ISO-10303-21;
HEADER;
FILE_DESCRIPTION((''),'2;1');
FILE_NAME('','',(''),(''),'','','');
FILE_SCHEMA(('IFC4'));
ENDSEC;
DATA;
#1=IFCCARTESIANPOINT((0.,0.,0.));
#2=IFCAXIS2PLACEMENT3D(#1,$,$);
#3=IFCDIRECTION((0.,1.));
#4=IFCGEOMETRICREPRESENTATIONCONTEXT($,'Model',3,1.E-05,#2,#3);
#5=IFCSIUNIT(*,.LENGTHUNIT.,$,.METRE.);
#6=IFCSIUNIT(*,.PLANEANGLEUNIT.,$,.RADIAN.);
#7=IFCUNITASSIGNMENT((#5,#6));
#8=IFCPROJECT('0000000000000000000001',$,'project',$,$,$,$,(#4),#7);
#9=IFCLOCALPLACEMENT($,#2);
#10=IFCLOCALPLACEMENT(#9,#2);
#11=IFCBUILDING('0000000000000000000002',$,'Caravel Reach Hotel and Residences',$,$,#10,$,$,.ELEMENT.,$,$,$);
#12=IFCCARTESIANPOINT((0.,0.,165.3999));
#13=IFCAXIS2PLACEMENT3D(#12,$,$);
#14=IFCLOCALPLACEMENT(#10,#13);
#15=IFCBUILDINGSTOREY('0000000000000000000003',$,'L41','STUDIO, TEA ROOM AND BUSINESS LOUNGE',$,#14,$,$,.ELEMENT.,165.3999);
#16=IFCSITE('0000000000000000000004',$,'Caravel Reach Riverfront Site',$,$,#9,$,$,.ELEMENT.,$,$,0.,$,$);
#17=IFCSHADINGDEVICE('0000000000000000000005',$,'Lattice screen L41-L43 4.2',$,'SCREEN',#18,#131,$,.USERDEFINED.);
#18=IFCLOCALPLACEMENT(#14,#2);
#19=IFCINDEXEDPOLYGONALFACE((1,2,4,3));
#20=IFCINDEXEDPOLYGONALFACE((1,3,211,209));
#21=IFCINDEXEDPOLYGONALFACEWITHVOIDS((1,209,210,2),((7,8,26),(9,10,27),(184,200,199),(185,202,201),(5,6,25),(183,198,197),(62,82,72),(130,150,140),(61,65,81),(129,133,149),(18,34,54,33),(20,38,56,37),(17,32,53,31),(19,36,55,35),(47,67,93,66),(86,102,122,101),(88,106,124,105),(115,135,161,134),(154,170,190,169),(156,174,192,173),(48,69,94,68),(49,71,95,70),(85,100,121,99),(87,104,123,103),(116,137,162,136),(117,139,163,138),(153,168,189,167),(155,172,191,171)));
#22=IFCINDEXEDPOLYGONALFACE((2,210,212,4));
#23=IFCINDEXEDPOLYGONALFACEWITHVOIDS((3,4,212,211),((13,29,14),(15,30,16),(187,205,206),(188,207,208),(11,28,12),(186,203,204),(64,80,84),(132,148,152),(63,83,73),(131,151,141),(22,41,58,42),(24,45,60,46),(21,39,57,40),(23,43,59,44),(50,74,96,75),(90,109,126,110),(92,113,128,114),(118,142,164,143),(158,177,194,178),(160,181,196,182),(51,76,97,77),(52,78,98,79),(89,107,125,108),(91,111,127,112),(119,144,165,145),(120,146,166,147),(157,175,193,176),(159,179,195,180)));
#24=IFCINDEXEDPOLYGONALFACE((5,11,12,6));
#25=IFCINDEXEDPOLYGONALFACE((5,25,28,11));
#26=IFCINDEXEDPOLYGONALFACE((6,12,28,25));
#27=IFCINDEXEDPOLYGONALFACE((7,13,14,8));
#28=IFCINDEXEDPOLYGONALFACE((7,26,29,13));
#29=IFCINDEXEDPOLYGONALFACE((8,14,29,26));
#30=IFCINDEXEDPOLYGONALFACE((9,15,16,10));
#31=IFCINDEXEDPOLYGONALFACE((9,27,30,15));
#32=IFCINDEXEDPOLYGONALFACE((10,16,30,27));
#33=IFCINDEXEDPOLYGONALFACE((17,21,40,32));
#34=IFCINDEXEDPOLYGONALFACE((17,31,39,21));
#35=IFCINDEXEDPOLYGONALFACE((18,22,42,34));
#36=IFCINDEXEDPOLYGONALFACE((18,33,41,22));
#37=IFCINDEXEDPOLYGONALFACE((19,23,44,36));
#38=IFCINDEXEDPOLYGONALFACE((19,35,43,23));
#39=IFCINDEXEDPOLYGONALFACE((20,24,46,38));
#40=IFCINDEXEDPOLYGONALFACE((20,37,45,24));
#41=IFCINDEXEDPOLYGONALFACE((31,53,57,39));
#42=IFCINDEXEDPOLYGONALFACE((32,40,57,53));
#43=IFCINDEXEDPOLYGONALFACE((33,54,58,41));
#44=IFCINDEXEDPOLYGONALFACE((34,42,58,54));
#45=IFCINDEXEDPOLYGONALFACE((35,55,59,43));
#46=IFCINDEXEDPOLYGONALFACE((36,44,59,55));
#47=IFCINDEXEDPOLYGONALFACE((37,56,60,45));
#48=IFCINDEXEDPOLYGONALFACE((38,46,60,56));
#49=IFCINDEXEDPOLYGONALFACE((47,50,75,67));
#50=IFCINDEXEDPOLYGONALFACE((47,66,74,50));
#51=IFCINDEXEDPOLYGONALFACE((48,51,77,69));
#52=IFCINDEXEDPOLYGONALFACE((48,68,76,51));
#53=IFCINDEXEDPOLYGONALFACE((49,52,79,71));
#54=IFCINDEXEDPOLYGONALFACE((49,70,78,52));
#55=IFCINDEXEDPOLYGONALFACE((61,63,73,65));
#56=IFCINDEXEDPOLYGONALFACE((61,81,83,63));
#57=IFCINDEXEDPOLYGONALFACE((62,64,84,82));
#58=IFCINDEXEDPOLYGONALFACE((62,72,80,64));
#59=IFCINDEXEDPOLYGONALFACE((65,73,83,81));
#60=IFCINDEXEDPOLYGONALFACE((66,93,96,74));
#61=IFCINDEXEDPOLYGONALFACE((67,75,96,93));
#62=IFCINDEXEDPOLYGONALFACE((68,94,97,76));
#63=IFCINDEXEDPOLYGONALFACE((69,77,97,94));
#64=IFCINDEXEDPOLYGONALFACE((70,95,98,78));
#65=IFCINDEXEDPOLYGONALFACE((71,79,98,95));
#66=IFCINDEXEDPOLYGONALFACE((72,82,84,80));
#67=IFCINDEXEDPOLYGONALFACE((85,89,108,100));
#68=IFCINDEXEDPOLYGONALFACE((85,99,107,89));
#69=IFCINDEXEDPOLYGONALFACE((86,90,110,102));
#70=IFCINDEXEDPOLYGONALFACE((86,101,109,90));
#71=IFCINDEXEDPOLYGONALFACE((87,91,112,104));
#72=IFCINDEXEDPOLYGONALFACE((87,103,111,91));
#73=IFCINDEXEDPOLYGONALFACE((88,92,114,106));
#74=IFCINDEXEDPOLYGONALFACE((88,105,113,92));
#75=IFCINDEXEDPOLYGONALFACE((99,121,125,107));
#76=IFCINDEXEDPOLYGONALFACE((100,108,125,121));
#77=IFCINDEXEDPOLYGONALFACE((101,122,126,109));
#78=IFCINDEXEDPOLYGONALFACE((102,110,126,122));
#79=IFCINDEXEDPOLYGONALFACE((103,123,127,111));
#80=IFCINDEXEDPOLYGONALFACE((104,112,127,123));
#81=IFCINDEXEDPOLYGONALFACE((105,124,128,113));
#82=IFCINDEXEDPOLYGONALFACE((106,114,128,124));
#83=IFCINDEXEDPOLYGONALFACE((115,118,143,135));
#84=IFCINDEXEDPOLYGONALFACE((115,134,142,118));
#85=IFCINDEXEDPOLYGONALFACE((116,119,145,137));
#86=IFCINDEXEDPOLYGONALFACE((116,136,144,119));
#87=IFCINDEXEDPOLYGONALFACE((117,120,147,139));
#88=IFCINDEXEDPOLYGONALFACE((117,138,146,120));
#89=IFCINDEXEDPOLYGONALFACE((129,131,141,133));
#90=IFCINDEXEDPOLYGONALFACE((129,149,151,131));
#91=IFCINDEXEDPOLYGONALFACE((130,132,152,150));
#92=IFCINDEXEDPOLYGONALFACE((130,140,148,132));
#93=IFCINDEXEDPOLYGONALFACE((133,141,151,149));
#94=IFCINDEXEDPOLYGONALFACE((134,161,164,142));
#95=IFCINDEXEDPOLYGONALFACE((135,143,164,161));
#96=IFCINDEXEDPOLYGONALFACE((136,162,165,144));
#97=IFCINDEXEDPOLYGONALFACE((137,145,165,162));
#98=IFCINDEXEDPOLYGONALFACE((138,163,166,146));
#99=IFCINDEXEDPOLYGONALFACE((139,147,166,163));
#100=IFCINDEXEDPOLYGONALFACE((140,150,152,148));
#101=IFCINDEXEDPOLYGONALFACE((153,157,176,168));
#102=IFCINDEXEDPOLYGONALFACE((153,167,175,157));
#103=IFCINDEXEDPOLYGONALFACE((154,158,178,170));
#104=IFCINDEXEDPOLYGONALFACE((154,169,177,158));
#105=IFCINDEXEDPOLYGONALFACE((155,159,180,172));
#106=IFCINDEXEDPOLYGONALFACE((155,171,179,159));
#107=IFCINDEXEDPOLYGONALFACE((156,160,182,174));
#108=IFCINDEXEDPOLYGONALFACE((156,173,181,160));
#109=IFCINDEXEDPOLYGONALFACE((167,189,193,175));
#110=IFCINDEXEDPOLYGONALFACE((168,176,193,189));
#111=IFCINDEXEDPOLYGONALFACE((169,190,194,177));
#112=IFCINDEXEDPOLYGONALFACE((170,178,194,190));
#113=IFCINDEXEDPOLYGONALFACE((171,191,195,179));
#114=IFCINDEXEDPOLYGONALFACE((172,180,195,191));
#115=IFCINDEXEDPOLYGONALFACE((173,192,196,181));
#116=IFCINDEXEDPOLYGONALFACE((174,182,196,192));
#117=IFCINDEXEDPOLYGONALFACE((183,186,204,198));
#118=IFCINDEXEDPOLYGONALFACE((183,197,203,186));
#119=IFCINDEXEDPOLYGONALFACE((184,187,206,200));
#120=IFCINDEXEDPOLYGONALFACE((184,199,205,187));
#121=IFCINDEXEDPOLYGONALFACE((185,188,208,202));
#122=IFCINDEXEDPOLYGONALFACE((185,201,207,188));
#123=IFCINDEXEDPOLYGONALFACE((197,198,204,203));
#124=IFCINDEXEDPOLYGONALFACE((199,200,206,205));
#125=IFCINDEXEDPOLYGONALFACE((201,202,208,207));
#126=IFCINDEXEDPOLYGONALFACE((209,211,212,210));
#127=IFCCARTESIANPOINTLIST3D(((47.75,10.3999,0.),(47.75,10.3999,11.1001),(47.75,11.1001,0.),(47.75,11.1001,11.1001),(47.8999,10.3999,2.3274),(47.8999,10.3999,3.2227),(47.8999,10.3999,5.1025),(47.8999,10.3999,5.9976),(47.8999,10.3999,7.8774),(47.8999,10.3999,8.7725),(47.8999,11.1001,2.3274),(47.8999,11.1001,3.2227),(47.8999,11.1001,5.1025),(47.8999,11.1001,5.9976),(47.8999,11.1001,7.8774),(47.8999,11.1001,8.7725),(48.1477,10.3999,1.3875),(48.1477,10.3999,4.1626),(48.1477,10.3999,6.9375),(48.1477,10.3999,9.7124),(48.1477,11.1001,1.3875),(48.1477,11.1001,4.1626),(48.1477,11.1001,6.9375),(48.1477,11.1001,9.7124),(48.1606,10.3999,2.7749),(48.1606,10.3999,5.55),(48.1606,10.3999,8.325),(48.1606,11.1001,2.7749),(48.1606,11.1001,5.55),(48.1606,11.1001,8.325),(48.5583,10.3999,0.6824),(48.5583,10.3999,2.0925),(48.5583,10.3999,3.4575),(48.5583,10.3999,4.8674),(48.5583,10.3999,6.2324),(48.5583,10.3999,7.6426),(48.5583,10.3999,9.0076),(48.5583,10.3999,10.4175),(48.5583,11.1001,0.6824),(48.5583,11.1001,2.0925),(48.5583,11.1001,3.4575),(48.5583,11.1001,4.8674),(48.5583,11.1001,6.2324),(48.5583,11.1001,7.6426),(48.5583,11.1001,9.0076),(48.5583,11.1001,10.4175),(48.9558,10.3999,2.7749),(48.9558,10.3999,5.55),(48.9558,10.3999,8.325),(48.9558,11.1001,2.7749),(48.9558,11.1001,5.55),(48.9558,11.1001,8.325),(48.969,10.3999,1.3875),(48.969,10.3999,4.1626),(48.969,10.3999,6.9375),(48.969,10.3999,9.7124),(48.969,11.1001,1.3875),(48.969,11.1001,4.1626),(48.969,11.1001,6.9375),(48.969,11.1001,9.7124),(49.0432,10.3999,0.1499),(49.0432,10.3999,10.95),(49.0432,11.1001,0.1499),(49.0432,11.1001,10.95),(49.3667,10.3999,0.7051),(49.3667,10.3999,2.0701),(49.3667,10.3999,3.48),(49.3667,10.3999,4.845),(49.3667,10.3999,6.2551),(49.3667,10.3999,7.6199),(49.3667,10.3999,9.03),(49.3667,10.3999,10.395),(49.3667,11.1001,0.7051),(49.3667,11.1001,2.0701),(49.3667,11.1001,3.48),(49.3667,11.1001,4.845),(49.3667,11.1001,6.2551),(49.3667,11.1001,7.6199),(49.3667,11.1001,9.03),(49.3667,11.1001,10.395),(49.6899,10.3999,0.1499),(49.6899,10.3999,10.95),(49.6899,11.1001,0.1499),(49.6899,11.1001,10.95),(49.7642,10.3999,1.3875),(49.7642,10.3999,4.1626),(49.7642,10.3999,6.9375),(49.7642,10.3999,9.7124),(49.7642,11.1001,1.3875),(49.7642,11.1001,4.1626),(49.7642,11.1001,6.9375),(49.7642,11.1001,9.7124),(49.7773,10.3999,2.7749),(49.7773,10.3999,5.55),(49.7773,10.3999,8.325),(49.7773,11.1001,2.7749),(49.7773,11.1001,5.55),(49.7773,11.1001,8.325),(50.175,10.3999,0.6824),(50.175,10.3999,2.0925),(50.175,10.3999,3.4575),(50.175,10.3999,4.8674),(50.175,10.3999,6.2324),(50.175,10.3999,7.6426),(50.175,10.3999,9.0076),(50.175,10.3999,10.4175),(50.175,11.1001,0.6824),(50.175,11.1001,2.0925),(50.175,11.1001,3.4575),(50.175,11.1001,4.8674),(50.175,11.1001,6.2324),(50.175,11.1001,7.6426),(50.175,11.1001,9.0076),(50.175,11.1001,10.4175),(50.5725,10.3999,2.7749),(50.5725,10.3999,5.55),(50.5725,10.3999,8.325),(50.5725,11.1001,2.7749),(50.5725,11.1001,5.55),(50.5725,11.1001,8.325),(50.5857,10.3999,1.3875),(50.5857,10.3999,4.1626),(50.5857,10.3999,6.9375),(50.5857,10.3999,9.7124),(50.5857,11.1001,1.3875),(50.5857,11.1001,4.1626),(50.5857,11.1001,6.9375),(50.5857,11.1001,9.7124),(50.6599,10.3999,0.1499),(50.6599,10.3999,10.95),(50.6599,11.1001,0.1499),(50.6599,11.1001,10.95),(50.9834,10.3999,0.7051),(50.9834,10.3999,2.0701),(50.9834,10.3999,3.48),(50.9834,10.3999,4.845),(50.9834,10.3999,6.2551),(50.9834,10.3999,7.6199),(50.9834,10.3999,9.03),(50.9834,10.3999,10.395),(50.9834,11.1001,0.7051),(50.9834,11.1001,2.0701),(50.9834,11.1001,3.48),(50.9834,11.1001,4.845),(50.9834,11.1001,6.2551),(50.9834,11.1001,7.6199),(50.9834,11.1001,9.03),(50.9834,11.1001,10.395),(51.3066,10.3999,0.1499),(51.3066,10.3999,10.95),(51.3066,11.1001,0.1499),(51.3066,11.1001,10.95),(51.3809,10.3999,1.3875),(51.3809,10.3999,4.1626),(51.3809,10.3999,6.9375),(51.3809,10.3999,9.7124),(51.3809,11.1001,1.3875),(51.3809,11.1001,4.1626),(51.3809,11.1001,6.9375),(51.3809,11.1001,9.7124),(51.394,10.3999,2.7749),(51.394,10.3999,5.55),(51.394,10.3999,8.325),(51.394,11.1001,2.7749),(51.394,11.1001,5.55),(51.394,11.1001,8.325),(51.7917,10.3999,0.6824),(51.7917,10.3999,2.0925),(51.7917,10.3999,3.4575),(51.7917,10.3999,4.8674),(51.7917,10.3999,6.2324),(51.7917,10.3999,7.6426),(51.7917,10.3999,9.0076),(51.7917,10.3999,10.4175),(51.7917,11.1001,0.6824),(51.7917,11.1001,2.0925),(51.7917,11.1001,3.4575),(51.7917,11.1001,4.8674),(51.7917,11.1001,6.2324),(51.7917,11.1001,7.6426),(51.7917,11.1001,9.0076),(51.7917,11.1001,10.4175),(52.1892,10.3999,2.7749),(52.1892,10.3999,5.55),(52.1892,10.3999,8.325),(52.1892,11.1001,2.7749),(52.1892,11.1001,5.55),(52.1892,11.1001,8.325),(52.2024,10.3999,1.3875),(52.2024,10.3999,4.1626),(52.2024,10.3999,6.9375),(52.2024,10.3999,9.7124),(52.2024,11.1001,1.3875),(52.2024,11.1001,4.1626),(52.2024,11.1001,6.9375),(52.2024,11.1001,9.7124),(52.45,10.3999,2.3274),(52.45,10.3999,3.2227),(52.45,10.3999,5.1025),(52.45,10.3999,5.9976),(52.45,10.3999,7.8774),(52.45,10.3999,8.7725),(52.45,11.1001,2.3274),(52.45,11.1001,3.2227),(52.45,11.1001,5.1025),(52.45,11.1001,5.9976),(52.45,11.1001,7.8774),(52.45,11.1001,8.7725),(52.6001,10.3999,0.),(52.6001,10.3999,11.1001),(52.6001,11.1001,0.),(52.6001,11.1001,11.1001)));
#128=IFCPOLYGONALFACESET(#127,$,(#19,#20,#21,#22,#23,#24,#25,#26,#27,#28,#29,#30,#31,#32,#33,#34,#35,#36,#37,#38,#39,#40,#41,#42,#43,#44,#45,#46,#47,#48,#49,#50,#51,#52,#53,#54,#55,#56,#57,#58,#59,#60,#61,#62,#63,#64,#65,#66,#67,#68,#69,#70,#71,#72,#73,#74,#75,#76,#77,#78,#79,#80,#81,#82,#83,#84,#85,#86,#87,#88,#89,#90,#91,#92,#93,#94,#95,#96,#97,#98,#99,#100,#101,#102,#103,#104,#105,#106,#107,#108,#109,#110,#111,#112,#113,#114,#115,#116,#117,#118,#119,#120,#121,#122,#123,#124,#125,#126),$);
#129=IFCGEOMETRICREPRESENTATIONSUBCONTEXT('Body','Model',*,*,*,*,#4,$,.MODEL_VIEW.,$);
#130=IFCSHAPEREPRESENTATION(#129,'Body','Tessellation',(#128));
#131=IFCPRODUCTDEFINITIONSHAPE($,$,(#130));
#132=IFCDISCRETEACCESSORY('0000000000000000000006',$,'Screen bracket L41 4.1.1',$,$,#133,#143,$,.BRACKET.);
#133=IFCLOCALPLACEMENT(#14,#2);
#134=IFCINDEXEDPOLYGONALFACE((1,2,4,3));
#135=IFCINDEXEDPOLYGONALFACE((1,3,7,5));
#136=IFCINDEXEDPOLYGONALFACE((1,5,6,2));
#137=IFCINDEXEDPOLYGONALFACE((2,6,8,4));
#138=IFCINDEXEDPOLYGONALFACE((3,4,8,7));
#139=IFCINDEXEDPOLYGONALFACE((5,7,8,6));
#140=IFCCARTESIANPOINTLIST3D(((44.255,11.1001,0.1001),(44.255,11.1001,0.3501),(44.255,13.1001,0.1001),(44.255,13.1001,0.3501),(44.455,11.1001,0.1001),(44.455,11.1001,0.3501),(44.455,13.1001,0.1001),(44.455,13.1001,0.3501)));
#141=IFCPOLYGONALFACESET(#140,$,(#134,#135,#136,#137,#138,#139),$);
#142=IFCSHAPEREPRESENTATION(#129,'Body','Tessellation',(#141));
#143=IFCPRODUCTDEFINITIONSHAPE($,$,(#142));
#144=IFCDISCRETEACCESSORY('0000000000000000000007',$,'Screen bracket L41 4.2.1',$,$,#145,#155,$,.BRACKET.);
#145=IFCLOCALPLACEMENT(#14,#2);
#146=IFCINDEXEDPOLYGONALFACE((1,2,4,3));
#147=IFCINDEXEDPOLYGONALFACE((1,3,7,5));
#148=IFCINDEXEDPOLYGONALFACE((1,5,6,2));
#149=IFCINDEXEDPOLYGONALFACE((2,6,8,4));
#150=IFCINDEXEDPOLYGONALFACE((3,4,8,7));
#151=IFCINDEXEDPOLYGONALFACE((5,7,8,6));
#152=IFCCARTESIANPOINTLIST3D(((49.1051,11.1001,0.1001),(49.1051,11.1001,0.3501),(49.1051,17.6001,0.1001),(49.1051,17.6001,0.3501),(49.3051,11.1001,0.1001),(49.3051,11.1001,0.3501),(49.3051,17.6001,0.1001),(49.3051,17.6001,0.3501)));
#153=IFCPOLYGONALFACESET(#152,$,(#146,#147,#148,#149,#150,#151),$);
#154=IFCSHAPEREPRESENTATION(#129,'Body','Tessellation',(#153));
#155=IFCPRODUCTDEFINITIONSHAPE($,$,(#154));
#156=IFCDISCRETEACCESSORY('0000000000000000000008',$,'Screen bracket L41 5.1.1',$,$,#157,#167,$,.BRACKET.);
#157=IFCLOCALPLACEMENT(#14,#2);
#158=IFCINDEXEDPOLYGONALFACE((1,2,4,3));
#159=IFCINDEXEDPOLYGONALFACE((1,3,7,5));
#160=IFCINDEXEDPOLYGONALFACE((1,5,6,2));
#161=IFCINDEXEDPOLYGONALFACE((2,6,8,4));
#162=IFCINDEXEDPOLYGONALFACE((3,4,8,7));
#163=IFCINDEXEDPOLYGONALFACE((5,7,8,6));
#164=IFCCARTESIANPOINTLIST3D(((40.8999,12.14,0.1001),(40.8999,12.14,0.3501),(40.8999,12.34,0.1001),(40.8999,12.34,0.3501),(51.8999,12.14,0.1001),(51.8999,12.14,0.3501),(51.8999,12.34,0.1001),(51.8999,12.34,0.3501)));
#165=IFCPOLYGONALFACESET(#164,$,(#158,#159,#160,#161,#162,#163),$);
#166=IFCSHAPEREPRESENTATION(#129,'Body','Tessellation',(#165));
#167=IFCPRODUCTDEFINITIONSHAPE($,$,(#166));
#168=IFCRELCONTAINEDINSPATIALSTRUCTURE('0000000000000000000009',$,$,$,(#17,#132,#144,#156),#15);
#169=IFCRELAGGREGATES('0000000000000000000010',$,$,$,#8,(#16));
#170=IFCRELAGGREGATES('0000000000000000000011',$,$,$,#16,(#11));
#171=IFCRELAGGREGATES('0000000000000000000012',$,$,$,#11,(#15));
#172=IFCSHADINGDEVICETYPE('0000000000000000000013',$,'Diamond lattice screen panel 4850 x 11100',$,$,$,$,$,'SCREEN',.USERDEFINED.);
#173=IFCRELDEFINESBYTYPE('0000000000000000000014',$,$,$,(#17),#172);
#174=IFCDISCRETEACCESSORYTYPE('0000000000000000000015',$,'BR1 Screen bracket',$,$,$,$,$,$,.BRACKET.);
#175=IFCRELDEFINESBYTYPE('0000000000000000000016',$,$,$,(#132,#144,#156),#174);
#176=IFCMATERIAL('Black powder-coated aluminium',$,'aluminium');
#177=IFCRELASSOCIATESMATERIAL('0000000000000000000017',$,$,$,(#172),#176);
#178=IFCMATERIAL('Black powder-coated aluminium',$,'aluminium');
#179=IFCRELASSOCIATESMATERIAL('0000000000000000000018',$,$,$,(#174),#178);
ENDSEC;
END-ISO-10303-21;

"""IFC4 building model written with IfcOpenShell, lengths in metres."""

from ifc_helpers import new_model, si_unit, direction, frame, origin, origin_2d, place, context, subcontext, project, spatial, polyline, rectangle, outline, extrude, material, type_object, element, save


model = new_model("IFC4")

# Units and contexts
model_context = context("Model", 3, precision=1e-05, world=origin(), true_north=direction((0.0, 1.0)))
body_context = subcontext(model_context, "Body", "Model", "MODEL_VIEW")
ifc_project = project(units=[si_unit("LENGTHUNIT", "METRE"), si_unit("PLANEANGLEUNIT", "RADIAN")], contexts=[model_context])

# Site, building, storey
site_placement = place(None, origin())
site = spatial("IfcSite", under=ifc_project, at=site_placement, Name="Caravel Reach Riverfront Site", CompositionType="ELEMENT", RefElevation=0.0)
building_placement = place(site_placement, origin())
building = spatial("IfcBuilding", under=site, at=building_placement, Name="Caravel Reach Hotel and Residences", CompositionType="ELEMENT")
storey_placement = place(building_placement, frame((0.0, 0.0, 165.3999)))
storey = spatial("IfcBuildingStorey", under=building, at=storey_placement, Name="L41", Description="STUDIO, TEA ROOM AND BUSINESS LOUNGE", CompositionType="ELEMENT", Elevation=165.3999)

# Shading device
ifc_material_1 = material(Name="Black powder-coated aluminium", Category="aluminium")
shading_device_type_1 = type_object("IfcShadingDeviceType", Name="Diamond lattice screen panel 4850 x 11100", ElementType="SCREEN", PredefinedType="USERDEFINED", material=ifc_material_1)
shading_device_1_placement = place(storey_placement, frame((47.75, 11.1001, 0.0), z_axis=(0.0, -1.0, 0.0), x_axis=(1.0, 0.0, 0.0)))
element("IfcShadingDevice", 1, at=shading_device_1_placement, inside=storey, type_object=shading_device_type_1, Name="Lattice screen L41-L43 4.2", ObjectType="SCREEN", PredefinedType="USERDEFINED", context=body_context, shape_type="SweptSolid", body=[
    extrude(outline(polyline([(0.0, 0.0), (4.8501, 0.0), (4.8501, 11.1001), (0.0, 11.1001), (0.0, 0.0)]), holes=[polyline([(0.4106, 2.7749), (0.1499, 3.2227), (0.1499, 2.3274), (0.4106, 2.7749)]), polyline([(0.4106, 5.55), (0.1499, 5.9976), (0.1499, 5.1025), (0.4106, 5.55)]), polyline([(0.4106, 8.325), (0.1499, 8.7725), (0.1499, 7.8774), (0.4106, 8.325)]), polyline([(0.8083, 2.0925), (0.3977, 1.3875), (0.8083, 0.6824), (1.219, 1.3875), (0.8083, 2.0925)]), polyline([(0.8083, 4.8674), (0.3977, 4.1626), (0.8083, 3.4575), (1.219, 4.1626), (0.8083, 4.8674)]), polyline([(0.8083, 7.6426), (0.3977, 6.9375), (0.8083, 6.2324), (1.219, 6.9375), (0.8083, 7.6426)]), polyline([(0.8083, 10.4175), (0.3977, 9.7124), (0.8083, 9.0076), (1.219, 9.7124), (0.8083, 10.4175)]), polyline([(1.6167, 0.7051), (1.2932, 0.1499), (1.9399, 0.1499), (1.6167, 0.7051)]), polyline([(1.6167, 3.48), (1.2058, 2.7749), (1.6167, 2.0701), (2.0273, 2.7749), (1.6167, 3.48)]), polyline([(1.6167, 6.2551), (1.2058, 5.55), (1.6167, 4.845), (2.0273, 5.55), (1.6167, 6.2551)]), polyline([(1.6167, 9.03), (1.2058, 8.325), (1.6167, 7.6199), (2.0273, 8.325), (1.6167, 9.03)]), polyline([(1.6167, 10.395), (1.9399, 10.95), (1.2932, 10.95), (1.6167, 10.395)]), polyline([(2.425, 2.0925), (2.0142, 1.3875), (2.425, 0.6824), (2.8357, 1.3875), (2.425, 2.0925)]), polyline([(2.425, 4.8674), (2.0142, 4.1626), (2.425, 3.4575), (2.8357, 4.1626), (2.425, 4.8674)]), polyline([(2.425, 7.6426), (2.0142, 6.9375), (2.425, 6.2324), (2.8357, 6.9375), (2.425, 7.6426)]), polyline([(2.425, 10.4175), (2.0142, 9.7124), (2.425, 9.0076), (2.8357, 9.7124), (2.425, 10.4175)]), polyline([(3.2334, 0.7051), (2.9099, 0.1499), (3.5566, 0.1499), (3.2334, 0.7051)]), polyline([(3.2334, 3.48), (2.8225, 2.7749), (3.2334, 2.0701), (3.644, 2.7749), (3.2334, 3.48)]), polyline([(3.2334, 6.2551), (2.8225, 5.55), (3.2334, 4.845), (3.644, 5.55), (3.2334, 6.2551)]), polyline([(3.2334, 9.03), (2.8225, 8.325), (3.2334, 7.6199), (3.644, 8.325), (3.2334, 9.03)]), polyline([(3.2334, 10.395), (3.5566, 10.95), (2.9099, 10.95), (3.2334, 10.395)]), polyline([(4.0417, 2.0925), (3.6309, 1.3875), (4.0417, 0.6824), (4.4524, 1.3875), (4.0417, 2.0925)]), polyline([(4.0417, 4.8674), (3.6309, 4.1626), (4.0417, 3.4575), (4.4524, 4.1626), (4.0417, 4.8674)]), polyline([(4.0417, 7.6426), (3.6309, 6.9375), (4.0417, 6.2324), (4.4524, 6.9375), (4.0417, 7.6426)]), polyline([(4.0417, 10.4175), (3.6309, 9.7124), (4.0417, 9.0076), (4.4524, 9.7124), (4.0417, 10.4175)]), polyline([(4.4392, 2.7749), (4.7, 2.3274), (4.7, 3.2227), (4.4392, 2.7749)]), polyline([(4.4392, 5.55), (4.7, 5.1025), (4.7, 5.9976), (4.4392, 5.55)]), polyline([(4.4392, 8.325), (4.7, 7.8774), (4.7, 8.7725), (4.4392, 8.325)])]), origin(), (0.0, 0.0, 1.0), 0.7002),
])

# Discrete accessories
ifc_material_2 = material(Name="Black powder-coated aluminium", Category="aluminium")
discrete_accessory_type = type_object("IfcDiscreteAccessoryType", Name="BR1 Screen bracket", PredefinedType="BRACKET", material=ifc_material_2)
discrete_accessory_1_placement = place(storey_placement, frame((44.355, 12.1001, 0.1001), z_axis=(0.0, 0.0, 1.0), x_axis=(0.0, -1.0, 0.0)))
element("IfcDiscreteAccessory", 2, at=discrete_accessory_1_placement, inside=storey, type_object=discrete_accessory_type, Name="Screen bracket L41 4.1.1", PredefinedType="BRACKET", context=body_context, shape_type="SweptSolid", body=[
    extrude(rectangle(XDim=2.0, YDim=0.2, at=origin_2d()), origin(), (0.0, 0.0, 1.0), 0.25),
])
discrete_accessory_2_placement = place(storey_placement, frame((49.2051, 14.3501, 0.1001), z_axis=(0.0, 0.0, 1.0), x_axis=(0.0, -1.0, 0.0)))
element("IfcDiscreteAccessory", 3, at=discrete_accessory_2_placement, inside=storey, type_object=discrete_accessory_type, Name="Screen bracket L41 4.2.1", PredefinedType="BRACKET", context=body_context, shape_type="SweptSolid", body=[
    extrude(rectangle(XDim=6.5, YDim=0.2, at=origin_2d()), origin(), (0.0, 0.0, 1.0), 0.25),
])
discrete_accessory_3_placement = place(storey_placement, frame((46.3999, 12.24, 0.1001), z_axis=(0.0, 0.0, 1.0), x_axis=(1.0, 0.0, 0.0)))
element("IfcDiscreteAccessory", 4, at=discrete_accessory_3_placement, inside=storey, type_object=discrete_accessory_type, Name="Screen bracket L41 5.1.1", PredefinedType="BRACKET", context=body_context, shape_type="SweptSolid", body=[
    extrude(rectangle(XDim=11.0, YDim=0.2, at=origin_2d()), origin(), (0.0, 0.0, 1.0), 0.25),
])

save(model, "model.ifc")
